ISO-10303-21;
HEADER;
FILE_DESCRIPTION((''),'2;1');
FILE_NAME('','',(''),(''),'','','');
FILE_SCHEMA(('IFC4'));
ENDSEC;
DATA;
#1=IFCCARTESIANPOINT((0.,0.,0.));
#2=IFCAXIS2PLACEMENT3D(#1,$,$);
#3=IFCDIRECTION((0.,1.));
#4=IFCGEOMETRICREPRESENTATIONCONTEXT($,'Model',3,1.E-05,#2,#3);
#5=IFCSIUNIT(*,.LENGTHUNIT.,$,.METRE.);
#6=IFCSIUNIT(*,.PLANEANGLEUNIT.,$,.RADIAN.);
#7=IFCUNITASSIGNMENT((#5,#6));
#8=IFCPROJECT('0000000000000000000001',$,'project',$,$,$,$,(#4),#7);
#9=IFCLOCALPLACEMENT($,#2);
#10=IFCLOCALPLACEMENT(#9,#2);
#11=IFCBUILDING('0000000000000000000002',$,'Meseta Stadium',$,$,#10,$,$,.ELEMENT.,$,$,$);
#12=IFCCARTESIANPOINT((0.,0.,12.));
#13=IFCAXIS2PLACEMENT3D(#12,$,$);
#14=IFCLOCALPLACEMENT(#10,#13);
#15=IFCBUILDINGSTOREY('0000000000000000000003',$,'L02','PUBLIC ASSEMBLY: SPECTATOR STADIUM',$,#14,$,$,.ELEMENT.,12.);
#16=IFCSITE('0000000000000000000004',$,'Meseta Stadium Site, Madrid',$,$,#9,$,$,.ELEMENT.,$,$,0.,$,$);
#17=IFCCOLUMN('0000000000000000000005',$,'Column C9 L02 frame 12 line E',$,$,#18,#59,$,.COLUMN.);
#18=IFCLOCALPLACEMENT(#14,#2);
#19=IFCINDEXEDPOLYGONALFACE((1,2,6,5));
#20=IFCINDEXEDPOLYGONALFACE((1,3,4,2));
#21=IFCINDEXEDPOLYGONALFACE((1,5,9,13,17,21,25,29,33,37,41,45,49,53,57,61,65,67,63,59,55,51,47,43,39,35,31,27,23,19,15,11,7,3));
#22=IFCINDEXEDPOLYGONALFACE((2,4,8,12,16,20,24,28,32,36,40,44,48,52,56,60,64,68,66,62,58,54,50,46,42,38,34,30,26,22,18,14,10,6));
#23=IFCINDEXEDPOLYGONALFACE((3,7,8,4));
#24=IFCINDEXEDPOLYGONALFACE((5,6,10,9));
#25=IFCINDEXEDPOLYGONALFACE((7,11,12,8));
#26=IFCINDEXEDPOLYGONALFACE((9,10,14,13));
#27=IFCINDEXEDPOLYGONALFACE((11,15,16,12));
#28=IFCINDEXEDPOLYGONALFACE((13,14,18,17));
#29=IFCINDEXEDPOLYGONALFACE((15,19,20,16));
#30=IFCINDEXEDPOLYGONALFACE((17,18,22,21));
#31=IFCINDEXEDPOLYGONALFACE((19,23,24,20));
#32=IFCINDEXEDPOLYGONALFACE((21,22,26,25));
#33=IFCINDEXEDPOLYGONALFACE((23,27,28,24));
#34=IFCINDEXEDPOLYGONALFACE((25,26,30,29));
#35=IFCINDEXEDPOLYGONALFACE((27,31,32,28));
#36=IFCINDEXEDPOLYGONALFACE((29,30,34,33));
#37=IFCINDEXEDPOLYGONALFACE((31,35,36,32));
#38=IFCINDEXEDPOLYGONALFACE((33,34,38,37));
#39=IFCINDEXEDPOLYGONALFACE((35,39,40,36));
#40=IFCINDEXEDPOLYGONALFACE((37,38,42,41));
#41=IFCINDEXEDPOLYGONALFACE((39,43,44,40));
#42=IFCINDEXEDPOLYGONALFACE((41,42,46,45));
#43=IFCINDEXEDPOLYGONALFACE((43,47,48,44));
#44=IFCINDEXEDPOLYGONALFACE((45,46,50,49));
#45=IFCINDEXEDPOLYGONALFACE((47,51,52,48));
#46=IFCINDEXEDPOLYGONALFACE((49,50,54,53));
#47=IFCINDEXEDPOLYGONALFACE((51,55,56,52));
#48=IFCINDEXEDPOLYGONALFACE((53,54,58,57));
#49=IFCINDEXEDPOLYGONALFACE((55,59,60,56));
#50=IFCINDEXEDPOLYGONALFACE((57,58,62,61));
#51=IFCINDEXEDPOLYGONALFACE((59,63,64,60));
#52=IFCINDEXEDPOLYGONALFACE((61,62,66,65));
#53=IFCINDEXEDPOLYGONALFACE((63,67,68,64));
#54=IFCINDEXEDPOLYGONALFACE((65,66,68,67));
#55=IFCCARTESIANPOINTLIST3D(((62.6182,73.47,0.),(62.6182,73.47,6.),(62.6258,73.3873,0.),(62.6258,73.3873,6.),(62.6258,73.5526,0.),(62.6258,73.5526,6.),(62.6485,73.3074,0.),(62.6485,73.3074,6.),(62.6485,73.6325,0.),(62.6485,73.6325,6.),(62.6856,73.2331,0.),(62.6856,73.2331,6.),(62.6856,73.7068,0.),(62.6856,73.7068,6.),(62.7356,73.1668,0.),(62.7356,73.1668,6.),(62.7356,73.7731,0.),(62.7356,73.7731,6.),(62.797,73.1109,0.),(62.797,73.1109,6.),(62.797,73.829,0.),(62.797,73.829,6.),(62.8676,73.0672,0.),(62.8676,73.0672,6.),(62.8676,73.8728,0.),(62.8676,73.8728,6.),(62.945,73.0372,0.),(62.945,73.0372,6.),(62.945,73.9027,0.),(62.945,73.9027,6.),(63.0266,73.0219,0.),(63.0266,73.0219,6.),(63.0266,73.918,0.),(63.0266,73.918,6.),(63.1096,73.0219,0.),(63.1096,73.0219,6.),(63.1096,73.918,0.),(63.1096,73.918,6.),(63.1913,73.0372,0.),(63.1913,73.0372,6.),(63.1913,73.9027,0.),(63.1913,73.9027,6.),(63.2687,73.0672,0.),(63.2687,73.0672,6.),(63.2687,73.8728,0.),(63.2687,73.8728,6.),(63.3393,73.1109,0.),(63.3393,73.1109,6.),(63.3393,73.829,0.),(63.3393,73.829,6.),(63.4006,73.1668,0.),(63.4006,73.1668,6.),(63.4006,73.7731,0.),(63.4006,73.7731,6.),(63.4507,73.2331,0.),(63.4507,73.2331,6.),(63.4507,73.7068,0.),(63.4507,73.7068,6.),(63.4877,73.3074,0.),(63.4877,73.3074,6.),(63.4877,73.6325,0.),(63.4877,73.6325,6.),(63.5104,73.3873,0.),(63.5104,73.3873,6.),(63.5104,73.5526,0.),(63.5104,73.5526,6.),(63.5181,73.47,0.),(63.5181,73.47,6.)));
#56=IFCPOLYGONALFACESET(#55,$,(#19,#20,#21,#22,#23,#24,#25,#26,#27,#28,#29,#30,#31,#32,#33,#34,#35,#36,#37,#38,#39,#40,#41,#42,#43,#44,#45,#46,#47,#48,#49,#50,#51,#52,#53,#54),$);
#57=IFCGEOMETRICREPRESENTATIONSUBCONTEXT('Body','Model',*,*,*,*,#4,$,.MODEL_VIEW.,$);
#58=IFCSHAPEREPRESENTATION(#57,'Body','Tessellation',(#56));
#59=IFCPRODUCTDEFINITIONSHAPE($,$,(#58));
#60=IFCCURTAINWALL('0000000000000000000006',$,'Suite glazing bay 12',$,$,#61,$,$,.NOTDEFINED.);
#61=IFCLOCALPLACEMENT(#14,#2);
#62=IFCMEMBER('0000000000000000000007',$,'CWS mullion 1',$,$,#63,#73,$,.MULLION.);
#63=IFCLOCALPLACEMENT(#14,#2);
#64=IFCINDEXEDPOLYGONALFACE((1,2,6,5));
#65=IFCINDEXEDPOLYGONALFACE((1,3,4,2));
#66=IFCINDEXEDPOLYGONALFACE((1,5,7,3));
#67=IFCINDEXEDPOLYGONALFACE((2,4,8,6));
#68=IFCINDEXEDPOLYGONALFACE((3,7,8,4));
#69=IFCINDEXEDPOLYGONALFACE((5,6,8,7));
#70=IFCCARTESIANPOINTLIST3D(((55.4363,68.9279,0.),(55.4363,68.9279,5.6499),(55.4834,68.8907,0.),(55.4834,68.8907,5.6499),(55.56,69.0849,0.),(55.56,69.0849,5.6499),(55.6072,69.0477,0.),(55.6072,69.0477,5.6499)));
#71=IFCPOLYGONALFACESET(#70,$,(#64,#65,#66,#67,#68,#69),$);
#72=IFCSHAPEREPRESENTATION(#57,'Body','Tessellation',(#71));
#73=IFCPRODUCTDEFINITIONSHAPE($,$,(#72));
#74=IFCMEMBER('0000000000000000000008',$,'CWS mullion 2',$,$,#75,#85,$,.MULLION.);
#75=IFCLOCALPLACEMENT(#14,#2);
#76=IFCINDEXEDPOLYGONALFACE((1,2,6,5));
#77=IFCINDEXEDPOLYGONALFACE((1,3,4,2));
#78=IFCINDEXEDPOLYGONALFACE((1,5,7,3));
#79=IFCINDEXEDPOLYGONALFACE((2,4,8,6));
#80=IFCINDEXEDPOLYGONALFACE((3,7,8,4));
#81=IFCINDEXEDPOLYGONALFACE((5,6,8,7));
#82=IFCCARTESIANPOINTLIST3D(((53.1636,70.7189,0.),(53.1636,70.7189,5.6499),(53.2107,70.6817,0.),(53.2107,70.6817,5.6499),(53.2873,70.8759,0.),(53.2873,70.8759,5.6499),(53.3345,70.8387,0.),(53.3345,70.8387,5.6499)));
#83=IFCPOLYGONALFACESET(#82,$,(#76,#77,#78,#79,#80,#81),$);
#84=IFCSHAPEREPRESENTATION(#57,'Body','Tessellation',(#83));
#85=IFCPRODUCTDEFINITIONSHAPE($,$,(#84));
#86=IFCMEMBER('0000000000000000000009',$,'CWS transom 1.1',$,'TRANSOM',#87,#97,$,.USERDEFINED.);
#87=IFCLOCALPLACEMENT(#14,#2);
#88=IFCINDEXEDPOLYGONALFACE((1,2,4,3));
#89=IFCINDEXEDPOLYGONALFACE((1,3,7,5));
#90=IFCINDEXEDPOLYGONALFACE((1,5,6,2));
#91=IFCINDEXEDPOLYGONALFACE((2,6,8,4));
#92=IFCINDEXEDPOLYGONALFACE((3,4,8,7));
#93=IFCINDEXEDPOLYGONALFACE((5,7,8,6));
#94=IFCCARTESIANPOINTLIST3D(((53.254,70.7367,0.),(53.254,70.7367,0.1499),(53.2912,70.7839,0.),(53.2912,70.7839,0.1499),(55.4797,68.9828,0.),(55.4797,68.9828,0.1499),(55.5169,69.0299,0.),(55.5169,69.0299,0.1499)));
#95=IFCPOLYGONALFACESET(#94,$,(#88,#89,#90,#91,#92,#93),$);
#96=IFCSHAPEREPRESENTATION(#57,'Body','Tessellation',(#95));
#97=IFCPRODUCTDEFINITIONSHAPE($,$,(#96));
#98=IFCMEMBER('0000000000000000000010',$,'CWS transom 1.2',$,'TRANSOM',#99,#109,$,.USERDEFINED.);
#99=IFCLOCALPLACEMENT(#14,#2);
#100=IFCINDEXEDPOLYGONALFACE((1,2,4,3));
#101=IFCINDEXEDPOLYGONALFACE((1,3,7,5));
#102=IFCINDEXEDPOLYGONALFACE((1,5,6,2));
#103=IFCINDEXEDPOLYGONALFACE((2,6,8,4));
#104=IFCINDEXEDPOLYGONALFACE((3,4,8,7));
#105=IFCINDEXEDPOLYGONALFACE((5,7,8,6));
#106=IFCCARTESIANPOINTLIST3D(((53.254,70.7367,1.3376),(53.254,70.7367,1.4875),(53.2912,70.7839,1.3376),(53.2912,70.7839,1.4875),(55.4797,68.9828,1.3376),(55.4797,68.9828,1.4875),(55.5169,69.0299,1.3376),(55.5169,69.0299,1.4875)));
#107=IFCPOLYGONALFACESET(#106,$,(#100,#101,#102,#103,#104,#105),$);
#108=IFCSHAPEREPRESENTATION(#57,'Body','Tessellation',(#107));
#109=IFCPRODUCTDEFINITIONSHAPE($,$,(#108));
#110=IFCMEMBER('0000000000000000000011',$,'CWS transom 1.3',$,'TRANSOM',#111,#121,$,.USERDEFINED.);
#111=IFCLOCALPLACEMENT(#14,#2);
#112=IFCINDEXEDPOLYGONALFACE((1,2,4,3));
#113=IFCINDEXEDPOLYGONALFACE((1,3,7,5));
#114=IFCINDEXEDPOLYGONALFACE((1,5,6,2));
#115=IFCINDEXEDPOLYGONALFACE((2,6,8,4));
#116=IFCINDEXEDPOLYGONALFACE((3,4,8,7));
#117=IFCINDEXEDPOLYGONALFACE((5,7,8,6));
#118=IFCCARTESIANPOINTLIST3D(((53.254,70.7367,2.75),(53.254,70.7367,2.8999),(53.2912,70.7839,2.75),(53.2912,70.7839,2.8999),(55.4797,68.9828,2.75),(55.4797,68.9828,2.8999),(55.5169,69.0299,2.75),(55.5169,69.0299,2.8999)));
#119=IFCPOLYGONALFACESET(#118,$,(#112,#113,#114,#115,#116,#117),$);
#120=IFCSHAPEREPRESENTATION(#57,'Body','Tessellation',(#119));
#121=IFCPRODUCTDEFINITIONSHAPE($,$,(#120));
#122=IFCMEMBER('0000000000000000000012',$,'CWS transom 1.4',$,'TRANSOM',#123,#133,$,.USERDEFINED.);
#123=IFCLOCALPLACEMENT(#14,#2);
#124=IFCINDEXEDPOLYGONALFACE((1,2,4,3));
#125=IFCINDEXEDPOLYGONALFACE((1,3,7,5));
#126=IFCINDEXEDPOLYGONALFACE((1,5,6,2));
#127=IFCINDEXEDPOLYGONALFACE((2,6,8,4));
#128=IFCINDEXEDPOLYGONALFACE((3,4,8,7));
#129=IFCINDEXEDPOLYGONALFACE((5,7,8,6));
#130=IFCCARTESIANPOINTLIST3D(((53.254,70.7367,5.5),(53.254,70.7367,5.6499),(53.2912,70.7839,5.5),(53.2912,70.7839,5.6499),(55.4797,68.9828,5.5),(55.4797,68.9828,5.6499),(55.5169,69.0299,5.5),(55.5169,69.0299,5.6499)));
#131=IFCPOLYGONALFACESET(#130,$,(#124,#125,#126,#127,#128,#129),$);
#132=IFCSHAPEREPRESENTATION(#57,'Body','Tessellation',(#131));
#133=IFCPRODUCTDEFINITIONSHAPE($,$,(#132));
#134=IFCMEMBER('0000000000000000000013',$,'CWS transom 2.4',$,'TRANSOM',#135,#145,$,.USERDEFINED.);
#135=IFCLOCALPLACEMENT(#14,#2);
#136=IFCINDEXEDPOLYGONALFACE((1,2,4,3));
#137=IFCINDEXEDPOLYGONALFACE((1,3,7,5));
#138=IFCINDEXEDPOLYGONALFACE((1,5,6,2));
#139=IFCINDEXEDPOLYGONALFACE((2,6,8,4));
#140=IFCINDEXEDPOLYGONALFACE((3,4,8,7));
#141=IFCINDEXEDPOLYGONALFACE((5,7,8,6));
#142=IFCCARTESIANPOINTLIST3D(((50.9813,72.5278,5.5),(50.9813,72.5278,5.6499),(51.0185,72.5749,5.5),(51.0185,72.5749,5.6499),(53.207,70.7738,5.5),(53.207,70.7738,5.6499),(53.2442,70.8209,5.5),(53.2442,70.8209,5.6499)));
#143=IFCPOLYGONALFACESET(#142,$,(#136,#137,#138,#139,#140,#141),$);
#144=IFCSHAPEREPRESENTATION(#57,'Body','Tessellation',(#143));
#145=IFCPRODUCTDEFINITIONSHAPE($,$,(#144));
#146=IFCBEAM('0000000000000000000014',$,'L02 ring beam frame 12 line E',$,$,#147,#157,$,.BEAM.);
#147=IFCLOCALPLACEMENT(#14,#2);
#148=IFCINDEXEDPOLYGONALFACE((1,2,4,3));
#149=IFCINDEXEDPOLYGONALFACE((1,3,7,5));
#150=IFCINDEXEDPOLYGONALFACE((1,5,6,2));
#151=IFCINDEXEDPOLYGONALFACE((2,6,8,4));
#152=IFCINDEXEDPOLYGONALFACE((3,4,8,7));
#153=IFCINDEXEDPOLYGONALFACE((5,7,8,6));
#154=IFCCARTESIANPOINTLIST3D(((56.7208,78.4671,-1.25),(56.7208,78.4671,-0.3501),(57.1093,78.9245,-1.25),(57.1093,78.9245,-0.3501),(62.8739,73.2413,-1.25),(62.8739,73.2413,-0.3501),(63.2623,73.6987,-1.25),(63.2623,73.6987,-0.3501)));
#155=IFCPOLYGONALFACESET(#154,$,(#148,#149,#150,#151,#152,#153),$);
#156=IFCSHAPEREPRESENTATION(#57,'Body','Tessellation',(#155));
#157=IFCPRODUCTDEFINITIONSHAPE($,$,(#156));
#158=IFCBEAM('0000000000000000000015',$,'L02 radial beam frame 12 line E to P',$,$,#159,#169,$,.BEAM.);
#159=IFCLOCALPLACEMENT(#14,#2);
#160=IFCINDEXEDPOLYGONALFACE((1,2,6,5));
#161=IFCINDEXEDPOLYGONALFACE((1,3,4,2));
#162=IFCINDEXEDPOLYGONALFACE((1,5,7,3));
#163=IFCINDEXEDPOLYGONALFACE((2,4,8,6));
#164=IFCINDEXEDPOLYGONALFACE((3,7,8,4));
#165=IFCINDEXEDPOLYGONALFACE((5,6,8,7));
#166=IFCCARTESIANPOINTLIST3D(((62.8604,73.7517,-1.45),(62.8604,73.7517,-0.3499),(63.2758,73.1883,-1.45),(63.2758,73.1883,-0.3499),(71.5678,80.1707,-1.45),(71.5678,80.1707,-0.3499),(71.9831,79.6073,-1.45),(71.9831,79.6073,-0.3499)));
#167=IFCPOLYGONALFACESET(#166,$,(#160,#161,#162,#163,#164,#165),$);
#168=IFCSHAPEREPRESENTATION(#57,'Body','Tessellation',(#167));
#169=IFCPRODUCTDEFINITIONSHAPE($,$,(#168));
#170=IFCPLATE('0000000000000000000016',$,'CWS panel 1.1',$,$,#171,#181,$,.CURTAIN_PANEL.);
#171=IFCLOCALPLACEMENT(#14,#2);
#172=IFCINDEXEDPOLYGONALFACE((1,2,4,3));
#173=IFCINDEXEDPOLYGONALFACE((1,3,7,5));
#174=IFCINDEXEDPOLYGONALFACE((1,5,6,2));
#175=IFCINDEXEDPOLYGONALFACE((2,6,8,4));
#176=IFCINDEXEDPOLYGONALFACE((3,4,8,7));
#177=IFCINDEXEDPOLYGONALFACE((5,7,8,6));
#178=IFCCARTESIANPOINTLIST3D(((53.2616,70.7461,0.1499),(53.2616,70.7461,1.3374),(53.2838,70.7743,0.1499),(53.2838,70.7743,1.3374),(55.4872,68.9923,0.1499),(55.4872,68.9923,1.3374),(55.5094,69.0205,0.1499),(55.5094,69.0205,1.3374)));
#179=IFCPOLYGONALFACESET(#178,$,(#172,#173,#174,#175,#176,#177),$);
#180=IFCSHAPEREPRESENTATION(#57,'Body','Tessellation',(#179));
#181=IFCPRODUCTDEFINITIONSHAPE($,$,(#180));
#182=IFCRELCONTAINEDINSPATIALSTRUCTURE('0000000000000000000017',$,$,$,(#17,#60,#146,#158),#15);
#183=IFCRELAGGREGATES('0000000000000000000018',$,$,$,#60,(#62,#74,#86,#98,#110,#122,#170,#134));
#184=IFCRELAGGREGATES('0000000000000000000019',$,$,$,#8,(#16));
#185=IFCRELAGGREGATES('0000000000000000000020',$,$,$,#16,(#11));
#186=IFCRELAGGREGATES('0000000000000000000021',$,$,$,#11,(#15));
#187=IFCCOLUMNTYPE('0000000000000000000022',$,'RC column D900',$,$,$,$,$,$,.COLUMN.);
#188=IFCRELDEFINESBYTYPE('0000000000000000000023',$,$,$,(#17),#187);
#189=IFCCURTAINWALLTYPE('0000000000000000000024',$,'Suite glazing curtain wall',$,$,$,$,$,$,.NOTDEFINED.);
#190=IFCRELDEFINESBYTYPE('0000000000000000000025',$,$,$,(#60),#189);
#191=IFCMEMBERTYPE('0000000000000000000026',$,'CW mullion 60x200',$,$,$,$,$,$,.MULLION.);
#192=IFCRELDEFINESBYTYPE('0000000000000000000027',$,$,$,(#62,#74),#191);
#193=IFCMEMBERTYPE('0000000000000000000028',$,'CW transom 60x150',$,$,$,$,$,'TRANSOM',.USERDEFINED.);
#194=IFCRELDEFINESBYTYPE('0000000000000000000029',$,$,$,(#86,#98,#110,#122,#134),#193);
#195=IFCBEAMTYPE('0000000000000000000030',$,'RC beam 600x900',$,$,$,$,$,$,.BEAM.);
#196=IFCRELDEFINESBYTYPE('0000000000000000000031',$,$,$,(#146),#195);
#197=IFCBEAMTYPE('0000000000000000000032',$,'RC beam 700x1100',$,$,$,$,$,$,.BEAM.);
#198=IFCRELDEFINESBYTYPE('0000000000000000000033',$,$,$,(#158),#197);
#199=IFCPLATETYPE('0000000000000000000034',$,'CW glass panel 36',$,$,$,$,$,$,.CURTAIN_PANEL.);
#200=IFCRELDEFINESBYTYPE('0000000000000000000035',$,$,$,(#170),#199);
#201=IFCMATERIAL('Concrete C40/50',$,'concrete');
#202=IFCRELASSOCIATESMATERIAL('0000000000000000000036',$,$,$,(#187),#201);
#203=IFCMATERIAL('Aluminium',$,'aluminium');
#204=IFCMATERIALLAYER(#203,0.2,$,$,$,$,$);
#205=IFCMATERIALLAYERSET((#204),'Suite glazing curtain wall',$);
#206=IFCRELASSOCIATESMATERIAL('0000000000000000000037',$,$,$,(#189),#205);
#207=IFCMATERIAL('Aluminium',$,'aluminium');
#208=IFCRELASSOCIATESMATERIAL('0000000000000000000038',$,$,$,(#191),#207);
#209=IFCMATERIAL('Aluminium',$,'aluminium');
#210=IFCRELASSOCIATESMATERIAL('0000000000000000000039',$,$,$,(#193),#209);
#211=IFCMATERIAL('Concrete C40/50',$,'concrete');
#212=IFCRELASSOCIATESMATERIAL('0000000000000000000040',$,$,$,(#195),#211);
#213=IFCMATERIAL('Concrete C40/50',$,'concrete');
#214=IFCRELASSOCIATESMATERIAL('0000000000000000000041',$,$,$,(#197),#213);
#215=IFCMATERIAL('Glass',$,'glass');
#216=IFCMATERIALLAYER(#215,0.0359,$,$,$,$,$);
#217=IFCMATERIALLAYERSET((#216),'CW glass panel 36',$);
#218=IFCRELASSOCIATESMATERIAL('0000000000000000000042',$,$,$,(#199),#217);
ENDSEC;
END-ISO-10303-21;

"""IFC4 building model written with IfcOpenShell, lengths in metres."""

from ifc_helpers import new_model, si_unit, direction, frame, origin, origin_2d, place, context, subcontext, project, spatial, rectangle, circle, extrude, material, layer, layer_set, material_profile, profile_set, type_object, element, aggregate, save


model = new_model("IFC4")

# Units and contexts
model_context = context("Model", 3, precision=1e-05, world=origin(), true_north=direction((0.0, 1.0)))
body_context = subcontext(model_context, "Body", "Model", "MODEL_VIEW")
ifc_project = project(units=[si_unit("LENGTHUNIT", "METRE"), si_unit("PLANEANGLEUNIT", "RADIAN")], contexts=[model_context])

# Site, building, storey
site_placement = place(None, origin())
site = spatial("IfcSite", under=ifc_project, at=site_placement, Name="Meseta Stadium Site, Madrid", CompositionType="ELEMENT", RefElevation=0.0)
building_placement = place(site_placement, origin())
building = spatial("IfcBuilding", under=site, at=building_placement, Name="Meseta Stadium", CompositionType="ELEMENT")
storey_placement = place(building_placement, frame((0.0, 0.0, 12.0)))
storey = spatial("IfcBuildingStorey", under=building, at=storey_placement, Name="L02", Description="PUBLIC ASSEMBLY: SPECTATOR STADIUM", CompositionType="ELEMENT", Elevation=12.0)

# Column
ifc_material_1 = material(Name="Concrete C40/50", Category="concrete")
ifc_material_profile_1 = material_profile(ifc_material_1, circle(Radius=0.45, at=origin_2d()), Name="RC D900")
ifc_profile_set_1 = profile_set([ifc_material_profile_1], Name="Concrete C40/50")
column_type = type_object("IfcColumnType", Name="RC column D900", PredefinedType="COLUMN", material=ifc_profile_set_1)
column_placement = place(storey_placement, frame((63.0681, 73.47, 0.0), z_axis=(0.0, 0.0, 1.0), x_axis=(1.0, 0.0, 0.0)))
element("IfcColumn", 1, at=column_placement, inside=storey, type_object=column_type, Name="Column C9 L02 frame 12 line E", PredefinedType="COLUMN", context=body_context, shape_type="SweptSolid", body=[
    extrude(circle(Radius=0.45, at=origin_2d()), origin(), (0.0, 0.0, 1.0), 6.0),
])

# Curtain wall, members
ifc_material_2 = material(Name="Aluminium", Category="aluminium")
ifc_layer_1 = layer(ifc_material_2, 0.2)
ifc_layer_set_1 = layer_set([ifc_layer_1], Name="Suite glazing curtain wall")
curtain_wall_type = type_object("IfcCurtainWallType", Name="Suite glazing curtain wall", PredefinedType="NOTDEFINED", material=ifc_layer_set_1)
curtain_wall_placement = place(storey_placement, origin())
curtain_wall = element("IfcCurtainWall", 2, at=curtain_wall_placement, inside=storey, type_object=curtain_wall_type, Name="Suite glazing bay 12", PredefinedType="NOTDEFINED")
ifc_material_3 = material(Name="Aluminium", Category="aluminium")
ifc_material_profile_2 = material_profile(ifc_material_3, rectangle(XDim=0.2, YDim=0.0601, at=origin_2d()), Name="CW 200x60")
ifc_profile_set_2 = profile_set([ifc_material_profile_2], Name="Aluminium")
member_type_1 = type_object("IfcMemberType", Name="CW mullion 60x200", PredefinedType="MULLION", material=ifc_profile_set_2)
member_1_placement = place(storey_placement, frame((55.5217, 68.9878, 0.0), z_axis=(0.0, 0.0, 1.0), x_axis=(-0.618944, -0.785435, 0.0)))
member_1 = element("IfcMember", 3, at=member_1_placement, type_object=member_type_1, Name="CWS mullion 1", PredefinedType="MULLION", context=body_context, shape_type="SweptSolid", body=[
    extrude(rectangle(XDim=0.2, YDim=0.0601, at=origin_2d()), origin(), (0.0, 0.0, 1.0), 5.6499),
])
member_2_placement = place(storey_placement, frame((53.249, 70.7788, 0.0), z_axis=(0.0, 0.0, 1.0), x_axis=(-0.618944, -0.785435, 0.0)))
member_2 = element("IfcMember", 4, at=member_2_placement, type_object=member_type_1, Name="CWS mullion 2", PredefinedType="MULLION", context=body_context, shape_type="SweptSolid", body=[
    extrude(rectangle(XDim=0.2, YDim=0.0601, at=origin_2d()), origin(), (0.0, 0.0, 1.0), 5.6499),
])
ifc_material_4 = material(Name="Aluminium", Category="aluminium")
ifc_material_profile_3 = material_profile(ifc_material_4, rectangle(XDim=0.0601, YDim=0.1499, at=origin_2d()), Name="CW 60x150")
ifc_profile_set_3 = profile_set([ifc_material_profile_3], Name="Aluminium")
member_type_2 = type_object("IfcMemberType", Name="CW transom 60x150", ElementType="TRANSOM", PredefinedType="USERDEFINED", material=ifc_profile_set_3)
member_3_placement = place(storey_placement, frame((55.4983, 69.0063, 0.075), z_axis=(-0.785421, 0.618962, 0.0), x_axis=(-0.618962, -0.785421, 0.0)))
member_3 = element("IfcMember", 5, at=member_3_placement, type_object=member_type_2, Name="CWS transom 1.1", ObjectType="TRANSOM", PredefinedType="USERDEFINED", context=body_context, shape_type="SweptSolid", body=[
    extrude(rectangle(XDim=0.0601, YDim=0.1499, at=origin_2d()), origin(), (0.0, 0.0, 1.0), 2.8337),
])
member_4_placement = place(storey_placement, frame((55.4983, 69.0063, 1.4126), z_axis=(-0.785421, 0.618962, 0.0), x_axis=(-0.618962, -0.785421, 0.0)))
member_4 = element("IfcMember", 6, at=member_4_placement, type_object=member_type_2, Name="CWS transom 1.2", ObjectType="TRANSOM", PredefinedType="USERDEFINED", context=body_context, shape_type="SweptSolid", body=[
    extrude(rectangle(XDim=0.0601, YDim=0.1499, at=origin_2d()), origin(), (0.0, 0.0, 1.0), 2.8337),
])
member_5_placement = place(storey_placement, frame((55.4983, 69.0063, 2.825), z_axis=(-0.785421, 0.618962, 0.0), x_axis=(-0.618962, -0.785421, 0.0)))
member_5 = element("IfcMember", 7, at=member_5_placement, type_object=member_type_2, Name="CWS transom 1.3", ObjectType="TRANSOM", PredefinedType="USERDEFINED", context=body_context, shape_type="SweptSolid", body=[
    extrude(rectangle(XDim=0.0601, YDim=0.1499, at=origin_2d()), origin(), (0.0, 0.0, 1.0), 2.8337),
])
member_6_placement = place(storey_placement, frame((55.4983, 69.0063, 5.575), z_axis=(-0.785421, 0.618962, 0.0), x_axis=(-0.618962, -0.785421, 0.0)))
member_6 = element("IfcMember", 8, at=member_6_placement, type_object=member_type_2, Name="CWS transom 1.4", ObjectType="TRANSOM", PredefinedType="USERDEFINED", context=body_context, shape_type="SweptSolid", body=[
    extrude(rectangle(XDim=0.0601, YDim=0.1499, at=origin_2d()), origin(), (0.0, 0.0, 1.0), 2.8337),
])
member_7_placement = place(storey_placement, frame((53.2256, 70.7974, 5.575), z_axis=(-0.785421, 0.618962, 0.0), x_axis=(-0.618962, -0.785421, 0.0)))
member_7 = element("IfcMember", 9, at=member_7_placement, type_object=member_type_2, Name="CWS transom 2.4", ObjectType="TRANSOM", PredefinedType="USERDEFINED", context=body_context, shape_type="SweptSolid", body=[
    extrude(rectangle(XDim=0.0601, YDim=0.1499, at=origin_2d()), origin(), (0.0, 0.0, 1.0), 2.8337),
])

# Beams
ifc_material_5 = material(Name="Concrete C40/50", Category="concrete")
ifc_material_profile_4 = material_profile(ifc_material_5, rectangle(XDim=0.6001, YDim=0.8999, at=origin_2d()), Name="RC 600x900")
ifc_profile_set_4 = profile_set([ifc_material_profile_4], Name="Concrete C40/50")
beam_type_1 = type_object("IfcBeamType", Name="RC beam 600x900", PredefinedType="BEAM", material=ifc_profile_set_4)
beam_1_placement = place(storey_placement, frame((63.0681, 73.47, -0.8), z_axis=(-0.762201, 0.64734, 0.0), x_axis=(-0.64734, -0.762201, 0.0)))
element("IfcBeam", 10, at=beam_1_placement, inside=storey, type_object=beam_type_1, Name="L02 ring beam frame 12 line E", PredefinedType="BEAM", context=body_context, shape_type="SweptSolid", body=[
    extrude(rectangle(XDim=0.6001, YDim=0.8999, at=origin_2d()), origin(), (0.0, 0.0, 1.0), 8.0728),
])
ifc_material_6 = material(Name="Concrete C40/50", Category="concrete")
ifc_material_profile_5 = material_profile(ifc_material_6, rectangle(XDim=0.7, YDim=1.1001, at=origin_2d()), Name="RC 700x1100")
ifc_profile_set_5 = profile_set([ifc_material_profile_5], Name="Concrete C40/50")
beam_type_2 = type_object("IfcBeamType", Name="RC beam 700x1100", PredefinedType="BEAM", material=ifc_profile_set_5)
beam_2_placement = place(storey_placement, frame((63.0681, 73.47, -0.8999), z_axis=(0.804921, 0.593382, 0.0), x_axis=(-0.593382, 0.804921, 0.0)))
element("IfcBeam", 11, at=beam_2_placement, inside=storey, type_object=beam_type_2, Name="L02 radial beam frame 12 line E to P", PredefinedType="BEAM", context=body_context, shape_type="SweptSolid", body=[
    extrude(rectangle(XDim=0.7, YDim=1.1001, at=origin_2d()), origin(), (0.0, 0.0, 1.0), 10.8176),
])

# Plate
ifc_material_7 = material(Name="Glass", Category="glass")
ifc_layer_2 = layer(ifc_material_7, 0.0359)
ifc_layer_set_2 = layer_set([ifc_layer_2], Name="CW glass panel 36")
plate_type = type_object("IfcPlateType", Name="CW glass panel 36", PredefinedType="CURTAIN_PANEL", material=ifc_layer_set_2)
plate_1_placement = place(storey_placement, frame((54.3855, 69.8833, 0.1499), z_axis=(0.0, 0.0, 1.0), x_axis=(-0.785435, 0.618944, 0.0)))
plate_1 = element("IfcPlate", 12, at=plate_1_placement, type_object=plate_type, Name="CWS panel 1.1", PredefinedType="CURTAIN_PANEL", context=body_context, shape_type="SweptSolid", body=[
    extrude(rectangle(XDim=2.8335, YDim=0.0359, at=origin_2d()), origin(), (0.0, 0.0, 1.0), 1.1875),
])
aggregate(curtain_wall, [member_1, member_2, member_3, member_4, member_5, member_6, plate_1, member_7])

save(model, "model.ifc")
